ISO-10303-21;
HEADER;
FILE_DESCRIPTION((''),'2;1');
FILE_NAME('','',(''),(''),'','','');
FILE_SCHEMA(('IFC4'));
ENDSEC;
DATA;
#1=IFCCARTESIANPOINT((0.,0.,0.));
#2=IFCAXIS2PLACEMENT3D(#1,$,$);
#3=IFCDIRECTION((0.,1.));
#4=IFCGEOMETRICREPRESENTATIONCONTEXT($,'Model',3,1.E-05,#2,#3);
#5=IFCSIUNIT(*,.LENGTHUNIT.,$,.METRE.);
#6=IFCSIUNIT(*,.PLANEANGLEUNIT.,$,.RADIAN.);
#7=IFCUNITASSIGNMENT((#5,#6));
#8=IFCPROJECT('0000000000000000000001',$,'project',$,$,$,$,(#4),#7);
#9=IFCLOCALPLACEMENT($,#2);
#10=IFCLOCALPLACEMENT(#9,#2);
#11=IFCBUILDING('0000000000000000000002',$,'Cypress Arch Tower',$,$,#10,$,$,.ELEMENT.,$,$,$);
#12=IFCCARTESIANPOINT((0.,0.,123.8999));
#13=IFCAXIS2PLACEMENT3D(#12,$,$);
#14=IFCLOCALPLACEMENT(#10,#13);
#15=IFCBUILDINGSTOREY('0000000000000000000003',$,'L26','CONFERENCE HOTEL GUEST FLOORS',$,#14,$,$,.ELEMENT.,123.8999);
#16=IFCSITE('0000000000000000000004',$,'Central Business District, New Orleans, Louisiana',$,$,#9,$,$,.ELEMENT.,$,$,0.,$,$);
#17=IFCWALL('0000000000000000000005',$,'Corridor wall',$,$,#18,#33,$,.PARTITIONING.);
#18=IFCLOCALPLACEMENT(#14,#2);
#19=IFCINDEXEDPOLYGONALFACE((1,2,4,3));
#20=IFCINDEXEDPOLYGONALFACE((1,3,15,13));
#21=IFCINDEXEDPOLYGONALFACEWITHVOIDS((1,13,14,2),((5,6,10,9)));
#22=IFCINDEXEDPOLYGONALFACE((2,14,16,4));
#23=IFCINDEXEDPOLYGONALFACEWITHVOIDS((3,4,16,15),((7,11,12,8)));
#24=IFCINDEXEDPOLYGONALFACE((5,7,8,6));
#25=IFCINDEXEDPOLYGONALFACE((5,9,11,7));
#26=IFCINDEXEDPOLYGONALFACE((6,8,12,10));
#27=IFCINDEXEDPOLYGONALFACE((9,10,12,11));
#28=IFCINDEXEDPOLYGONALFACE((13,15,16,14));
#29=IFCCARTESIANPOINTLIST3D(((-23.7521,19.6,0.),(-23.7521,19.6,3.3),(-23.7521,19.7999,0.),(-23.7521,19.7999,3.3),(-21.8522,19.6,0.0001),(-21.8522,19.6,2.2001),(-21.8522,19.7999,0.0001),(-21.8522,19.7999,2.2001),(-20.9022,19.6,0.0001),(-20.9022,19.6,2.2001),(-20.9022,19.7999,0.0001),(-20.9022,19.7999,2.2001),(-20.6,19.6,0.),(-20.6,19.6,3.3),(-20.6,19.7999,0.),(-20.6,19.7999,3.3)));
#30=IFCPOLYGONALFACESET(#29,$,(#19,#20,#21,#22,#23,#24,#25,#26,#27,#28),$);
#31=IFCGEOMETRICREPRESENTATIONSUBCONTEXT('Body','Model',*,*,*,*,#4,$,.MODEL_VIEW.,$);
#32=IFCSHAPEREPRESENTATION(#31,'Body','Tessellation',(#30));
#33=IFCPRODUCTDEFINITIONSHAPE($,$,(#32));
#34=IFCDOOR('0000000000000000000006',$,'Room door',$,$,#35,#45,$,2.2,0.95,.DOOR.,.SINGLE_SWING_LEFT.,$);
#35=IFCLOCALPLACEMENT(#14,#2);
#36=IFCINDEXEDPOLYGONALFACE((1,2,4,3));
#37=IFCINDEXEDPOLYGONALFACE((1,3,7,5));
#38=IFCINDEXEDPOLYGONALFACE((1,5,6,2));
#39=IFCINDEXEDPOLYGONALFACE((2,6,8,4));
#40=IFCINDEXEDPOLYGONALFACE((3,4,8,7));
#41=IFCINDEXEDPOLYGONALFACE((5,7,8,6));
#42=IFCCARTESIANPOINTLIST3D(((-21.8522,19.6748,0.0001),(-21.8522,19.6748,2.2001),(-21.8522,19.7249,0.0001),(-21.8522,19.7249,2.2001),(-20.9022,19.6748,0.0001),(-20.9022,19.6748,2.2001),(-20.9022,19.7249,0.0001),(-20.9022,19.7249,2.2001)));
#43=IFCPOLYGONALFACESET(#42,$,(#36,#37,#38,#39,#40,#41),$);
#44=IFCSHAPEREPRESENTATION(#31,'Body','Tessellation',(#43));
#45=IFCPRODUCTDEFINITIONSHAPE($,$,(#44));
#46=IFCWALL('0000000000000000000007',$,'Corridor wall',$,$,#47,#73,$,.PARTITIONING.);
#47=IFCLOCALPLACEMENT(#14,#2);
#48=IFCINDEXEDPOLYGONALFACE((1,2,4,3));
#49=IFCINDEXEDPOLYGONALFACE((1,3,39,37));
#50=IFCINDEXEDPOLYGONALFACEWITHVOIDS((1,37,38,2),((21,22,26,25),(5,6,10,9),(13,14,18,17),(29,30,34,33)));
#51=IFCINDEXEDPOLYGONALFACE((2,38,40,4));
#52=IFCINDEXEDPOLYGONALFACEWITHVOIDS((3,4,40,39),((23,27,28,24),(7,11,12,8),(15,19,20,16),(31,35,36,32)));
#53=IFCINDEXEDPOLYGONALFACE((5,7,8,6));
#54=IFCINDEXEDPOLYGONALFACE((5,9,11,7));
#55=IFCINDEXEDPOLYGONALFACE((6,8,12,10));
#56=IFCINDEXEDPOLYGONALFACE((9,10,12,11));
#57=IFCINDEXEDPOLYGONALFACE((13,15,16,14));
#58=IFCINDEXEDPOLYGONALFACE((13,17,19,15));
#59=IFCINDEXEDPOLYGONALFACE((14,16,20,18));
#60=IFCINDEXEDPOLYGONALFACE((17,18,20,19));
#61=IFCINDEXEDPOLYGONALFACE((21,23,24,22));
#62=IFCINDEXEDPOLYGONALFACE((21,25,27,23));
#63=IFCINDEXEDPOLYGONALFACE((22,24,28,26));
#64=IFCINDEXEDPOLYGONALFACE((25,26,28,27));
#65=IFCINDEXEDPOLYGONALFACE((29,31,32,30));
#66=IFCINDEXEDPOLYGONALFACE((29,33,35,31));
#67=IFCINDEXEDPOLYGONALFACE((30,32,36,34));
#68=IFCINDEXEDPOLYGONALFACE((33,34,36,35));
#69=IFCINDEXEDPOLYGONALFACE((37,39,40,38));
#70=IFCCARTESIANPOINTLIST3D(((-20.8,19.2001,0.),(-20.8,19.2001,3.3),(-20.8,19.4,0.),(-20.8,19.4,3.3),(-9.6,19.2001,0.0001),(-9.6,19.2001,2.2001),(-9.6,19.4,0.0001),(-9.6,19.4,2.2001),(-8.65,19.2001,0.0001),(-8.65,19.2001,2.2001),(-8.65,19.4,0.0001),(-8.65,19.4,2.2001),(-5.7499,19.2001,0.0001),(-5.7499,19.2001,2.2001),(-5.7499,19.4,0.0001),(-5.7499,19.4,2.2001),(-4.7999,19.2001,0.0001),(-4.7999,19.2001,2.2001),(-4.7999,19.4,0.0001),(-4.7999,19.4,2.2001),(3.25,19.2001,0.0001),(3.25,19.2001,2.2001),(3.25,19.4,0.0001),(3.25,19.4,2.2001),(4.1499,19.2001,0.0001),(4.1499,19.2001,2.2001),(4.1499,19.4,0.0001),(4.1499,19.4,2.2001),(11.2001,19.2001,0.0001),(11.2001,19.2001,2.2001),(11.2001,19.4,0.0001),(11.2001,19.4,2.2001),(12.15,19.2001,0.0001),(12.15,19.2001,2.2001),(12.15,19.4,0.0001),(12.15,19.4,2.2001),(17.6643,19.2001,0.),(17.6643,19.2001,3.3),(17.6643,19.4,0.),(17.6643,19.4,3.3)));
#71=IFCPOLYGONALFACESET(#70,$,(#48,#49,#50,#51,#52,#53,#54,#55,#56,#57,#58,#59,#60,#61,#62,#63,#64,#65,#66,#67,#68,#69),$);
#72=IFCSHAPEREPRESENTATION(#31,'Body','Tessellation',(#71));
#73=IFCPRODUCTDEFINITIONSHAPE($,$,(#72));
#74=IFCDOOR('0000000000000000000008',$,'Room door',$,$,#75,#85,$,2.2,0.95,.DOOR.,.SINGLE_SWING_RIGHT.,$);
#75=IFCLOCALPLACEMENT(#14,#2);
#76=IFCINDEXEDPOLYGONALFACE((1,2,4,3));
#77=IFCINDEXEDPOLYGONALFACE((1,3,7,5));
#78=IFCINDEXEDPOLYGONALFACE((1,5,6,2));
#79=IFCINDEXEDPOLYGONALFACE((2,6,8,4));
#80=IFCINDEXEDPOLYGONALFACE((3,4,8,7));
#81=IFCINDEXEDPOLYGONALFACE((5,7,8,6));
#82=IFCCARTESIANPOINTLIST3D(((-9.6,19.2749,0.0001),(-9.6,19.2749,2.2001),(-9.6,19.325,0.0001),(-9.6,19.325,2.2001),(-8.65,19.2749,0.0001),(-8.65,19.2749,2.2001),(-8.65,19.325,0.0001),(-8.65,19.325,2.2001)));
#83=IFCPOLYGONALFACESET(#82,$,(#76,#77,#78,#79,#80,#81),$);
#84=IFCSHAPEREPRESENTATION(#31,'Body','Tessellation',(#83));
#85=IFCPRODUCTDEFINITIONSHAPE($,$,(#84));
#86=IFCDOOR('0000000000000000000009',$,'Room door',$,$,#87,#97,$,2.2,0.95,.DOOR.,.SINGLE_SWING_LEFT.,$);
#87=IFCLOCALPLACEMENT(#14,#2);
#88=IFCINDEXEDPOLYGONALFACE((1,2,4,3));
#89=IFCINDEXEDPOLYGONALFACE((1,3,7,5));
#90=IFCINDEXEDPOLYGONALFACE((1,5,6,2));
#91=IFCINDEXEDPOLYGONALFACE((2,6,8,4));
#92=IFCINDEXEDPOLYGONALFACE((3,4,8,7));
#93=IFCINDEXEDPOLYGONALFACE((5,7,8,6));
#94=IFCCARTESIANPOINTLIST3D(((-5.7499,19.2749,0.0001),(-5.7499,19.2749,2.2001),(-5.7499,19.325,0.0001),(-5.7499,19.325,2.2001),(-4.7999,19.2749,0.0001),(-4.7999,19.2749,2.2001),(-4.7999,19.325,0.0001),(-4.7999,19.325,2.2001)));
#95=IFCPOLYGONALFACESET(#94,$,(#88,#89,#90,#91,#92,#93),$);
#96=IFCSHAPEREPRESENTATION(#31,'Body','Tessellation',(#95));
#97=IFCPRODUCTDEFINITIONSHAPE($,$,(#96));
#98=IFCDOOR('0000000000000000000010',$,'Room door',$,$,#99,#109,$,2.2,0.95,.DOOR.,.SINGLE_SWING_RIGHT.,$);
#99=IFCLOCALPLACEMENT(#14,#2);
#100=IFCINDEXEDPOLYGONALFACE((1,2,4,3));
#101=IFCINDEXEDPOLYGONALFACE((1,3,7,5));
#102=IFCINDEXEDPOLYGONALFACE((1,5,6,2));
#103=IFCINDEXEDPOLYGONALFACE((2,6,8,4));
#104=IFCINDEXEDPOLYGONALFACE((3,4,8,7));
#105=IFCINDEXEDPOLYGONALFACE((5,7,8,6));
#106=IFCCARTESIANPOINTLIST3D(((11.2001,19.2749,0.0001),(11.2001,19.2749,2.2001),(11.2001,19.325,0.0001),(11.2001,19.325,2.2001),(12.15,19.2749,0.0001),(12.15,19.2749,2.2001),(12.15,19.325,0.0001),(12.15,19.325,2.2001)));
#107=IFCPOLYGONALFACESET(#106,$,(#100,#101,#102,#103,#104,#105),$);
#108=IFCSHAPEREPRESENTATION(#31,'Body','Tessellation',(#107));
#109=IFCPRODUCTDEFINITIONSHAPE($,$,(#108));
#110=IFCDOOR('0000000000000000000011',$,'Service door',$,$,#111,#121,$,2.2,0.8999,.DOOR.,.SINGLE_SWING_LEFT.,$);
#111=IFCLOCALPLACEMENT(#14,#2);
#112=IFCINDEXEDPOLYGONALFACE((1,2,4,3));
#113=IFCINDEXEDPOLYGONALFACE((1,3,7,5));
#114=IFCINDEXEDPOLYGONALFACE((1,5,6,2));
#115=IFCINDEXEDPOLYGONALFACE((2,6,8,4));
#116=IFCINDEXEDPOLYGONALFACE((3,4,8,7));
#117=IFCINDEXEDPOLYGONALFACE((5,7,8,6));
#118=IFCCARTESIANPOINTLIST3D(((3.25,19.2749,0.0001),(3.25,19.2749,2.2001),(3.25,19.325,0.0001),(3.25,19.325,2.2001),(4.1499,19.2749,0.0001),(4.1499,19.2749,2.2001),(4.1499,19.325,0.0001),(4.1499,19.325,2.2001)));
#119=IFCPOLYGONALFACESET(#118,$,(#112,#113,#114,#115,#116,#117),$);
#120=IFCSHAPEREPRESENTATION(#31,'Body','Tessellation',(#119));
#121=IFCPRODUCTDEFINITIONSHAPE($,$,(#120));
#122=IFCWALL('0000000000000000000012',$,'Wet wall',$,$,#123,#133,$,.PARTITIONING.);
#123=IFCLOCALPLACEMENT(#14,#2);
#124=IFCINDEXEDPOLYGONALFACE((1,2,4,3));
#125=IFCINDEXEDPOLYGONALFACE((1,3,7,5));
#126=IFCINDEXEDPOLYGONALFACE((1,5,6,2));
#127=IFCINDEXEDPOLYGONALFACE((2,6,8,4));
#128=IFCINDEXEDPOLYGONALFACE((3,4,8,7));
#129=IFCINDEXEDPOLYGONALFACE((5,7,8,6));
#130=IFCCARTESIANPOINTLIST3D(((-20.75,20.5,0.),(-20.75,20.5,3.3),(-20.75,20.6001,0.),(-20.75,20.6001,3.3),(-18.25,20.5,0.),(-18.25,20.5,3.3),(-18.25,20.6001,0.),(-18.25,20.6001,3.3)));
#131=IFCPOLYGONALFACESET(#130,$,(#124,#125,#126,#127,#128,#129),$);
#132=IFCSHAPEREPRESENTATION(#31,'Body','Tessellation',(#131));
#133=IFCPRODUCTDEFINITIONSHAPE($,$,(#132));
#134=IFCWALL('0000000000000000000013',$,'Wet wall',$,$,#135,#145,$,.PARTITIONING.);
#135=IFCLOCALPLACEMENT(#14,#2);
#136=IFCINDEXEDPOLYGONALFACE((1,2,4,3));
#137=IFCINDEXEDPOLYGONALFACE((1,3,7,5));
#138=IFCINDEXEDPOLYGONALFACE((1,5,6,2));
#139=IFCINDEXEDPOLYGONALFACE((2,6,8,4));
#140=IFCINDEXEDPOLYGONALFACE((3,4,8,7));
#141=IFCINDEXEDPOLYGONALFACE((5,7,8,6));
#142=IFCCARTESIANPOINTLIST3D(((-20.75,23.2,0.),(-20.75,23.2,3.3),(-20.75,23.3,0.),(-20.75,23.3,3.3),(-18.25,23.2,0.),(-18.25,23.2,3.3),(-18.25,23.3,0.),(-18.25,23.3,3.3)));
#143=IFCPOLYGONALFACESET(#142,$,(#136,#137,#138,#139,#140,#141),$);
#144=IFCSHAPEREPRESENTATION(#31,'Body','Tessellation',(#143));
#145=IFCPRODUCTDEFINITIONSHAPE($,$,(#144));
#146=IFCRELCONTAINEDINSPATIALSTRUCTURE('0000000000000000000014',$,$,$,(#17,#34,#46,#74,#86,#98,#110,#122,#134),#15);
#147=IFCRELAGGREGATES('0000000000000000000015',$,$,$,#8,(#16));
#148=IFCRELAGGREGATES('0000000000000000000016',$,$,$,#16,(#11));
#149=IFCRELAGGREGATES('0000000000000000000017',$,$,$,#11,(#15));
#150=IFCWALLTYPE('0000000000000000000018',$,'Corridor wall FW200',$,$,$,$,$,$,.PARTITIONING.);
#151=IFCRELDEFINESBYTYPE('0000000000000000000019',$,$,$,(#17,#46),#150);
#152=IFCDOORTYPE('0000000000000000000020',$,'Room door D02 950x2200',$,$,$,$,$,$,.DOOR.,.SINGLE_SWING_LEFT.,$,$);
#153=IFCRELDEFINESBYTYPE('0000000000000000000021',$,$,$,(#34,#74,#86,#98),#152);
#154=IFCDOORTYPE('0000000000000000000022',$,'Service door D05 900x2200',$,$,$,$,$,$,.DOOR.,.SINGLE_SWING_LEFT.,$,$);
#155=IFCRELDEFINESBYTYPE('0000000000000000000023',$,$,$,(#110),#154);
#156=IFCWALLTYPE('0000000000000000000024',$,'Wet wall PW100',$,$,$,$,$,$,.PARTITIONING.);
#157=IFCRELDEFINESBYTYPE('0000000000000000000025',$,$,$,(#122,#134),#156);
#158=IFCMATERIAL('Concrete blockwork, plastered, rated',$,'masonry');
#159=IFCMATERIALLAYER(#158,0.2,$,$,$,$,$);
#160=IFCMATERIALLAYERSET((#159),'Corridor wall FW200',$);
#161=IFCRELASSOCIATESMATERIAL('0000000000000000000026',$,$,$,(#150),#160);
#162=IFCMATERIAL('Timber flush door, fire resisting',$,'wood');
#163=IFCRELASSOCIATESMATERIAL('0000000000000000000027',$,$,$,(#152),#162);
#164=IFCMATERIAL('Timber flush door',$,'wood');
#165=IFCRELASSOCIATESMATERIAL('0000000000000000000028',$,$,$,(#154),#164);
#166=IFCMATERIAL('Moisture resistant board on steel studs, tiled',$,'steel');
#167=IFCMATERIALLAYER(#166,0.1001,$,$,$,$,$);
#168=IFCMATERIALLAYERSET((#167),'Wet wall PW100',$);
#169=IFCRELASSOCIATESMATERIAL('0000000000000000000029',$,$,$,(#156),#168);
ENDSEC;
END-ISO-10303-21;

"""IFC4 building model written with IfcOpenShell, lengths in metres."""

from ifc_helpers import new_model, si_unit, direction, frame, frame_2d, origin, place, context, subcontext, project, spatial, rectangle, extrude, material, layer, layer_set, type_object, element, fill, save


model = new_model("IFC4")

# Units and contexts
model_context = context("Model", 3, precision=1e-05, world=origin(), true_north=direction((0.0, 1.0)))
body_context = subcontext(model_context, "Body", "Model", "MODEL_VIEW")
ifc_project = project(units=[si_unit("LENGTHUNIT", "METRE"), si_unit("PLANEANGLEUNIT", "RADIAN")], contexts=[model_context])

# Site, building, storey
site_placement = place(None, origin())
site = spatial("IfcSite", under=ifc_project, at=site_placement, Name="Central Business District, New Orleans, Louisiana", CompositionType="ELEMENT", RefElevation=0.0)
building_placement = place(site_placement, origin())
building = spatial("IfcBuilding", under=site, at=building_placement, Name="Cypress Arch Tower", CompositionType="ELEMENT")
storey_placement = place(building_placement, frame((0.0, 0.0, 123.8999)))
storey = spatial("IfcBuildingStorey", under=building, at=storey_placement, Name="L26", Description="CONFERENCE HOTEL GUEST FLOORS", CompositionType="ELEMENT", Elevation=123.8999)

# Wall, opening, door
ifc_material_1 = material(Name="Concrete blockwork, plastered, rated", Category="masonry")
ifc_layer_1 = layer(ifc_material_1, 0.2)
ifc_layer_set_1 = layer_set([ifc_layer_1], Name="Corridor wall FW200")
wall_type_1 = type_object("IfcWallType", Name="Corridor wall FW200", PredefinedType="PARTITIONING", material=ifc_layer_set_1)
wall_1_placement = place(storey_placement, frame((-23.7522, 19.7, 0.0), z_axis=(0.0, 0.0, 1.0), x_axis=(1.0, 0.0, 0.0)))
wall_1 = element("IfcWall", 1, at=wall_1_placement, inside=storey, type_object=wall_type_1, Name="Corridor wall", PredefinedType="PARTITIONING", context=body_context, shape_type="SweptSolid", body=[
    extrude(rectangle(XDim=3.1521, YDim=0.2, at=frame_2d((1.5762, 0.0))), origin(), (0.0, 0.0, 1.0), 3.3),
])
opening_1_placement = place(wall_1_placement, frame((1.8999, 0.0, 0.0)))
opening_1 = element("IfcOpeningElement", 2, at=opening_1_placement, cuts=wall_1, PredefinedType="OPENING", context=body_context, shape_type="SweptSolid", body=[
    extrude(rectangle(XDim=0.95, YDim=2.2, at=frame_2d((0.4751, 1.1001))), frame((0.0, 0.1099, 0.0), z_axis=(0.0, -1.0, 0.0), x_axis=(1.0, 0.0, 0.0)), (0.0, 0.0, 1.0), 0.22),
])
ifc_material_2 = material(Name="Timber flush door, fire resisting", Category="wood")
door_type_1 = type_object("IfcDoorType", Name="Room door D02 950x2200", OperationType="SINGLE_SWING_LEFT", PredefinedType="DOOR", material=ifc_material_2)
door_1_placement = place(opening_1_placement, origin())
door_1 = element("IfcDoor", 3, at=door_1_placement, inside=storey, type_object=door_type_1, Name="Room door", OperationType="SINGLE_SWING_LEFT", OverallHeight=2.2, OverallWidth=0.95, PredefinedType="DOOR", context=body_context, shape_type="SweptSolid", body=[
    extrude(rectangle(XDim=0.95, YDim=2.2, at=frame_2d((0.4751, 1.1001))), frame((0.0, 0.0249, 0.0), z_axis=(0.0, -1.0, 0.0), x_axis=(1.0, 0.0, 0.0)), (0.0, 0.0, 1.0), 0.05),
])
fill(opening_1, door_1)

# Wall, openings, doors
wall_2_placement = place(storey_placement, frame((-20.8, 19.3, 0.0), z_axis=(0.0, 0.0, 1.0), x_axis=(1.0, 0.0, 0.0)))
wall_2 = element("IfcWall", 4, at=wall_2_placement, inside=storey, type_object=wall_type_1, Name="Corridor wall", PredefinedType="PARTITIONING", context=body_context, shape_type="SweptSolid", body=[
    extrude(rectangle(XDim=38.4644, YDim=0.2, at=frame_2d((19.2322, 0.0))), origin(), (0.0, 0.0, 1.0), 3.3),
])
opening_2_placement = place(wall_2_placement, frame((24.05, 0.0, 0.0)))
opening_2 = element("IfcOpeningElement", 5, at=opening_2_placement, cuts=wall_2, PredefinedType="OPENING", context=body_context, shape_type="SweptSolid", body=[
    extrude(rectangle(XDim=0.8999, YDim=2.2, at=frame_2d((0.45, 1.1001))), frame((0.0, 0.1099, 0.0), z_axis=(0.0, -1.0, 0.0), x_axis=(1.0, 0.0, 0.0)), (0.0, 0.0, 1.0), 0.22),
])
opening_3_placement = place(wall_2_placement, frame((11.2, 0.0, 0.0)))
opening_3 = element("IfcOpeningElement", 6, at=opening_3_placement, cuts=wall_2, PredefinedType="OPENING", context=body_context, shape_type="SweptSolid", body=[
    extrude(rectangle(XDim=0.95, YDim=2.2, at=frame_2d((0.4751, 1.1001))), frame((0.0, 0.1099, 0.0), z_axis=(0.0, -1.0, 0.0), x_axis=(1.0, 0.0, 0.0)), (0.0, 0.0, 1.0), 0.22),
])
opening_4_placement = place(wall_2_placement, frame((15.05, 0.0, 0.0)))
opening_4 = element("IfcOpeningElement", 7, at=opening_4_placement, cuts=wall_2, PredefinedType="OPENING", context=body_context, shape_type="SweptSolid", body=[
    extrude(rectangle(XDim=0.95, YDim=2.2, at=frame_2d((0.4751, 1.1001))), frame((0.0, 0.1099, 0.0), z_axis=(0.0, -1.0, 0.0), x_axis=(1.0, 0.0, 0.0)), (0.0, 0.0, 1.0), 0.22),
])
opening_5_placement = place(wall_2_placement, frame((32.0, 0.0, 0.0)))
opening_5 = element("IfcOpeningElement", 8, at=opening_5_placement, cuts=wall_2, PredefinedType="OPENING", context=body_context, shape_type="SweptSolid", body=[
    extrude(rectangle(XDim=0.95, YDim=2.2, at=frame_2d((0.4751, 1.1001))), frame((0.0, 0.1099, 0.0), z_axis=(0.0, -1.0, 0.0), x_axis=(1.0, 0.0, 0.0)), (0.0, 0.0, 1.0), 0.22),
])
door_2_placement = place(opening_3_placement, origin())
door_2 = element("IfcDoor", 9, at=door_2_placement, inside=storey, type_object=door_type_1, Name="Room door", OperationType="SINGLE_SWING_RIGHT", OverallHeight=2.2, OverallWidth=0.95, PredefinedType="DOOR", context=body_context, shape_type="SweptSolid", body=[
    extrude(rectangle(XDim=0.95, YDim=2.2, at=frame_2d((0.4751, 1.1001))), frame((0.0, 0.0249, 0.0), z_axis=(0.0, -1.0, 0.0), x_axis=(1.0, 0.0, 0.0)), (0.0, 0.0, 1.0), 0.05),
])
fill(opening_3, door_2)
door_3_placement = place(opening_4_placement, origin())
door_3 = element("IfcDoor", 10, at=door_3_placement, inside=storey, type_object=door_type_1, Name="Room door", OperationType="SINGLE_SWING_LEFT", OverallHeight=2.2, OverallWidth=0.95, PredefinedType="DOOR", context=body_context, shape_type="SweptSolid", body=[
    extrude(rectangle(XDim=0.95, YDim=2.2, at=frame_2d((0.4751, 1.1001))), frame((0.0, 0.0249, 0.0), z_axis=(0.0, -1.0, 0.0), x_axis=(1.0, 0.0, 0.0)), (0.0, 0.0, 1.0), 0.05),
])
fill(opening_4, door_3)
door_4_placement = place(opening_5_placement, origin())
door_4 = element("IfcDoor", 11, at=door_4_placement, inside=storey, type_object=door_type_1, Name="Room door", OperationType="SINGLE_SWING_RIGHT", OverallHeight=2.2, OverallWidth=0.95, PredefinedType="DOOR", context=body_context, shape_type="SweptSolid", body=[
    extrude(rectangle(XDim=0.95, YDim=2.2, at=frame_2d((0.4751, 1.1001))), frame((0.0, 0.0249, 0.0), z_axis=(0.0, -1.0, 0.0), x_axis=(1.0, 0.0, 0.0)), (0.0, 0.0, 1.0), 0.05),
])
fill(opening_5, door_4)
ifc_material_3 = material(Name="Timber flush door", Category="wood")
door_type_2 = type_object("IfcDoorType", Name="Service door D05 900x2200", OperationType="SINGLE_SWING_LEFT", PredefinedType="DOOR", material=ifc_material_3)
door_5_placement = place(opening_2_placement, origin())
door_5 = element("IfcDoor", 12, at=door_5_placement, inside=storey, type_object=door_type_2, Name="Service door", OperationType="SINGLE_SWING_LEFT", OverallHeight=2.2, OverallWidth=0.8999, PredefinedType="DOOR", context=body_context, shape_type="SweptSolid", body=[
    extrude(rectangle(XDim=0.8999, YDim=2.2, at=frame_2d((0.45, 1.1001))), frame((0.0, 0.0249, 0.0), z_axis=(0.0, -1.0, 0.0), x_axis=(1.0, 0.0, 0.0)), (0.0, 0.0, 1.0), 0.05),
])
fill(opening_2, door_5)

# Walls
ifc_material_4 = material(Name="Moisture resistant board on steel studs, tiled", Category="steel")
ifc_layer_2 = layer(ifc_material_4, 0.1001)
ifc_layer_set_2 = layer_set([ifc_layer_2], Name="Wet wall PW100")
wall_type_2 = type_object("IfcWallType", Name="Wet wall PW100", PredefinedType="PARTITIONING", material=ifc_layer_set_2)
for number, where, z_axis, x_axis, name in (
    (13, (-20.75, 20.55, 0.0), (0.0, 0.0, 1.0), (1.0, 0.0, 0.0), "Wet wall"),
    (14, (-20.75, 23.25, 0.0), (0.0, 0.0, 1.0), (1.0, 0.0, 0.0), "Wet wall"),
):
    element("IfcWall", number, at=place(storey_placement, frame(where, z_axis=z_axis, x_axis=x_axis)), inside=storey, type_object=wall_type_2, Name=name, PredefinedType="PARTITIONING", context=body_context, shape_type="SweptSolid", body=[
        extrude(rectangle(XDim=2.5, YDim=0.1001, at=frame_2d((1.25, 0.0))), origin(), (0.0, 0.0, 1.0), 3.3),
    ])

save(model, "model.ifc")
